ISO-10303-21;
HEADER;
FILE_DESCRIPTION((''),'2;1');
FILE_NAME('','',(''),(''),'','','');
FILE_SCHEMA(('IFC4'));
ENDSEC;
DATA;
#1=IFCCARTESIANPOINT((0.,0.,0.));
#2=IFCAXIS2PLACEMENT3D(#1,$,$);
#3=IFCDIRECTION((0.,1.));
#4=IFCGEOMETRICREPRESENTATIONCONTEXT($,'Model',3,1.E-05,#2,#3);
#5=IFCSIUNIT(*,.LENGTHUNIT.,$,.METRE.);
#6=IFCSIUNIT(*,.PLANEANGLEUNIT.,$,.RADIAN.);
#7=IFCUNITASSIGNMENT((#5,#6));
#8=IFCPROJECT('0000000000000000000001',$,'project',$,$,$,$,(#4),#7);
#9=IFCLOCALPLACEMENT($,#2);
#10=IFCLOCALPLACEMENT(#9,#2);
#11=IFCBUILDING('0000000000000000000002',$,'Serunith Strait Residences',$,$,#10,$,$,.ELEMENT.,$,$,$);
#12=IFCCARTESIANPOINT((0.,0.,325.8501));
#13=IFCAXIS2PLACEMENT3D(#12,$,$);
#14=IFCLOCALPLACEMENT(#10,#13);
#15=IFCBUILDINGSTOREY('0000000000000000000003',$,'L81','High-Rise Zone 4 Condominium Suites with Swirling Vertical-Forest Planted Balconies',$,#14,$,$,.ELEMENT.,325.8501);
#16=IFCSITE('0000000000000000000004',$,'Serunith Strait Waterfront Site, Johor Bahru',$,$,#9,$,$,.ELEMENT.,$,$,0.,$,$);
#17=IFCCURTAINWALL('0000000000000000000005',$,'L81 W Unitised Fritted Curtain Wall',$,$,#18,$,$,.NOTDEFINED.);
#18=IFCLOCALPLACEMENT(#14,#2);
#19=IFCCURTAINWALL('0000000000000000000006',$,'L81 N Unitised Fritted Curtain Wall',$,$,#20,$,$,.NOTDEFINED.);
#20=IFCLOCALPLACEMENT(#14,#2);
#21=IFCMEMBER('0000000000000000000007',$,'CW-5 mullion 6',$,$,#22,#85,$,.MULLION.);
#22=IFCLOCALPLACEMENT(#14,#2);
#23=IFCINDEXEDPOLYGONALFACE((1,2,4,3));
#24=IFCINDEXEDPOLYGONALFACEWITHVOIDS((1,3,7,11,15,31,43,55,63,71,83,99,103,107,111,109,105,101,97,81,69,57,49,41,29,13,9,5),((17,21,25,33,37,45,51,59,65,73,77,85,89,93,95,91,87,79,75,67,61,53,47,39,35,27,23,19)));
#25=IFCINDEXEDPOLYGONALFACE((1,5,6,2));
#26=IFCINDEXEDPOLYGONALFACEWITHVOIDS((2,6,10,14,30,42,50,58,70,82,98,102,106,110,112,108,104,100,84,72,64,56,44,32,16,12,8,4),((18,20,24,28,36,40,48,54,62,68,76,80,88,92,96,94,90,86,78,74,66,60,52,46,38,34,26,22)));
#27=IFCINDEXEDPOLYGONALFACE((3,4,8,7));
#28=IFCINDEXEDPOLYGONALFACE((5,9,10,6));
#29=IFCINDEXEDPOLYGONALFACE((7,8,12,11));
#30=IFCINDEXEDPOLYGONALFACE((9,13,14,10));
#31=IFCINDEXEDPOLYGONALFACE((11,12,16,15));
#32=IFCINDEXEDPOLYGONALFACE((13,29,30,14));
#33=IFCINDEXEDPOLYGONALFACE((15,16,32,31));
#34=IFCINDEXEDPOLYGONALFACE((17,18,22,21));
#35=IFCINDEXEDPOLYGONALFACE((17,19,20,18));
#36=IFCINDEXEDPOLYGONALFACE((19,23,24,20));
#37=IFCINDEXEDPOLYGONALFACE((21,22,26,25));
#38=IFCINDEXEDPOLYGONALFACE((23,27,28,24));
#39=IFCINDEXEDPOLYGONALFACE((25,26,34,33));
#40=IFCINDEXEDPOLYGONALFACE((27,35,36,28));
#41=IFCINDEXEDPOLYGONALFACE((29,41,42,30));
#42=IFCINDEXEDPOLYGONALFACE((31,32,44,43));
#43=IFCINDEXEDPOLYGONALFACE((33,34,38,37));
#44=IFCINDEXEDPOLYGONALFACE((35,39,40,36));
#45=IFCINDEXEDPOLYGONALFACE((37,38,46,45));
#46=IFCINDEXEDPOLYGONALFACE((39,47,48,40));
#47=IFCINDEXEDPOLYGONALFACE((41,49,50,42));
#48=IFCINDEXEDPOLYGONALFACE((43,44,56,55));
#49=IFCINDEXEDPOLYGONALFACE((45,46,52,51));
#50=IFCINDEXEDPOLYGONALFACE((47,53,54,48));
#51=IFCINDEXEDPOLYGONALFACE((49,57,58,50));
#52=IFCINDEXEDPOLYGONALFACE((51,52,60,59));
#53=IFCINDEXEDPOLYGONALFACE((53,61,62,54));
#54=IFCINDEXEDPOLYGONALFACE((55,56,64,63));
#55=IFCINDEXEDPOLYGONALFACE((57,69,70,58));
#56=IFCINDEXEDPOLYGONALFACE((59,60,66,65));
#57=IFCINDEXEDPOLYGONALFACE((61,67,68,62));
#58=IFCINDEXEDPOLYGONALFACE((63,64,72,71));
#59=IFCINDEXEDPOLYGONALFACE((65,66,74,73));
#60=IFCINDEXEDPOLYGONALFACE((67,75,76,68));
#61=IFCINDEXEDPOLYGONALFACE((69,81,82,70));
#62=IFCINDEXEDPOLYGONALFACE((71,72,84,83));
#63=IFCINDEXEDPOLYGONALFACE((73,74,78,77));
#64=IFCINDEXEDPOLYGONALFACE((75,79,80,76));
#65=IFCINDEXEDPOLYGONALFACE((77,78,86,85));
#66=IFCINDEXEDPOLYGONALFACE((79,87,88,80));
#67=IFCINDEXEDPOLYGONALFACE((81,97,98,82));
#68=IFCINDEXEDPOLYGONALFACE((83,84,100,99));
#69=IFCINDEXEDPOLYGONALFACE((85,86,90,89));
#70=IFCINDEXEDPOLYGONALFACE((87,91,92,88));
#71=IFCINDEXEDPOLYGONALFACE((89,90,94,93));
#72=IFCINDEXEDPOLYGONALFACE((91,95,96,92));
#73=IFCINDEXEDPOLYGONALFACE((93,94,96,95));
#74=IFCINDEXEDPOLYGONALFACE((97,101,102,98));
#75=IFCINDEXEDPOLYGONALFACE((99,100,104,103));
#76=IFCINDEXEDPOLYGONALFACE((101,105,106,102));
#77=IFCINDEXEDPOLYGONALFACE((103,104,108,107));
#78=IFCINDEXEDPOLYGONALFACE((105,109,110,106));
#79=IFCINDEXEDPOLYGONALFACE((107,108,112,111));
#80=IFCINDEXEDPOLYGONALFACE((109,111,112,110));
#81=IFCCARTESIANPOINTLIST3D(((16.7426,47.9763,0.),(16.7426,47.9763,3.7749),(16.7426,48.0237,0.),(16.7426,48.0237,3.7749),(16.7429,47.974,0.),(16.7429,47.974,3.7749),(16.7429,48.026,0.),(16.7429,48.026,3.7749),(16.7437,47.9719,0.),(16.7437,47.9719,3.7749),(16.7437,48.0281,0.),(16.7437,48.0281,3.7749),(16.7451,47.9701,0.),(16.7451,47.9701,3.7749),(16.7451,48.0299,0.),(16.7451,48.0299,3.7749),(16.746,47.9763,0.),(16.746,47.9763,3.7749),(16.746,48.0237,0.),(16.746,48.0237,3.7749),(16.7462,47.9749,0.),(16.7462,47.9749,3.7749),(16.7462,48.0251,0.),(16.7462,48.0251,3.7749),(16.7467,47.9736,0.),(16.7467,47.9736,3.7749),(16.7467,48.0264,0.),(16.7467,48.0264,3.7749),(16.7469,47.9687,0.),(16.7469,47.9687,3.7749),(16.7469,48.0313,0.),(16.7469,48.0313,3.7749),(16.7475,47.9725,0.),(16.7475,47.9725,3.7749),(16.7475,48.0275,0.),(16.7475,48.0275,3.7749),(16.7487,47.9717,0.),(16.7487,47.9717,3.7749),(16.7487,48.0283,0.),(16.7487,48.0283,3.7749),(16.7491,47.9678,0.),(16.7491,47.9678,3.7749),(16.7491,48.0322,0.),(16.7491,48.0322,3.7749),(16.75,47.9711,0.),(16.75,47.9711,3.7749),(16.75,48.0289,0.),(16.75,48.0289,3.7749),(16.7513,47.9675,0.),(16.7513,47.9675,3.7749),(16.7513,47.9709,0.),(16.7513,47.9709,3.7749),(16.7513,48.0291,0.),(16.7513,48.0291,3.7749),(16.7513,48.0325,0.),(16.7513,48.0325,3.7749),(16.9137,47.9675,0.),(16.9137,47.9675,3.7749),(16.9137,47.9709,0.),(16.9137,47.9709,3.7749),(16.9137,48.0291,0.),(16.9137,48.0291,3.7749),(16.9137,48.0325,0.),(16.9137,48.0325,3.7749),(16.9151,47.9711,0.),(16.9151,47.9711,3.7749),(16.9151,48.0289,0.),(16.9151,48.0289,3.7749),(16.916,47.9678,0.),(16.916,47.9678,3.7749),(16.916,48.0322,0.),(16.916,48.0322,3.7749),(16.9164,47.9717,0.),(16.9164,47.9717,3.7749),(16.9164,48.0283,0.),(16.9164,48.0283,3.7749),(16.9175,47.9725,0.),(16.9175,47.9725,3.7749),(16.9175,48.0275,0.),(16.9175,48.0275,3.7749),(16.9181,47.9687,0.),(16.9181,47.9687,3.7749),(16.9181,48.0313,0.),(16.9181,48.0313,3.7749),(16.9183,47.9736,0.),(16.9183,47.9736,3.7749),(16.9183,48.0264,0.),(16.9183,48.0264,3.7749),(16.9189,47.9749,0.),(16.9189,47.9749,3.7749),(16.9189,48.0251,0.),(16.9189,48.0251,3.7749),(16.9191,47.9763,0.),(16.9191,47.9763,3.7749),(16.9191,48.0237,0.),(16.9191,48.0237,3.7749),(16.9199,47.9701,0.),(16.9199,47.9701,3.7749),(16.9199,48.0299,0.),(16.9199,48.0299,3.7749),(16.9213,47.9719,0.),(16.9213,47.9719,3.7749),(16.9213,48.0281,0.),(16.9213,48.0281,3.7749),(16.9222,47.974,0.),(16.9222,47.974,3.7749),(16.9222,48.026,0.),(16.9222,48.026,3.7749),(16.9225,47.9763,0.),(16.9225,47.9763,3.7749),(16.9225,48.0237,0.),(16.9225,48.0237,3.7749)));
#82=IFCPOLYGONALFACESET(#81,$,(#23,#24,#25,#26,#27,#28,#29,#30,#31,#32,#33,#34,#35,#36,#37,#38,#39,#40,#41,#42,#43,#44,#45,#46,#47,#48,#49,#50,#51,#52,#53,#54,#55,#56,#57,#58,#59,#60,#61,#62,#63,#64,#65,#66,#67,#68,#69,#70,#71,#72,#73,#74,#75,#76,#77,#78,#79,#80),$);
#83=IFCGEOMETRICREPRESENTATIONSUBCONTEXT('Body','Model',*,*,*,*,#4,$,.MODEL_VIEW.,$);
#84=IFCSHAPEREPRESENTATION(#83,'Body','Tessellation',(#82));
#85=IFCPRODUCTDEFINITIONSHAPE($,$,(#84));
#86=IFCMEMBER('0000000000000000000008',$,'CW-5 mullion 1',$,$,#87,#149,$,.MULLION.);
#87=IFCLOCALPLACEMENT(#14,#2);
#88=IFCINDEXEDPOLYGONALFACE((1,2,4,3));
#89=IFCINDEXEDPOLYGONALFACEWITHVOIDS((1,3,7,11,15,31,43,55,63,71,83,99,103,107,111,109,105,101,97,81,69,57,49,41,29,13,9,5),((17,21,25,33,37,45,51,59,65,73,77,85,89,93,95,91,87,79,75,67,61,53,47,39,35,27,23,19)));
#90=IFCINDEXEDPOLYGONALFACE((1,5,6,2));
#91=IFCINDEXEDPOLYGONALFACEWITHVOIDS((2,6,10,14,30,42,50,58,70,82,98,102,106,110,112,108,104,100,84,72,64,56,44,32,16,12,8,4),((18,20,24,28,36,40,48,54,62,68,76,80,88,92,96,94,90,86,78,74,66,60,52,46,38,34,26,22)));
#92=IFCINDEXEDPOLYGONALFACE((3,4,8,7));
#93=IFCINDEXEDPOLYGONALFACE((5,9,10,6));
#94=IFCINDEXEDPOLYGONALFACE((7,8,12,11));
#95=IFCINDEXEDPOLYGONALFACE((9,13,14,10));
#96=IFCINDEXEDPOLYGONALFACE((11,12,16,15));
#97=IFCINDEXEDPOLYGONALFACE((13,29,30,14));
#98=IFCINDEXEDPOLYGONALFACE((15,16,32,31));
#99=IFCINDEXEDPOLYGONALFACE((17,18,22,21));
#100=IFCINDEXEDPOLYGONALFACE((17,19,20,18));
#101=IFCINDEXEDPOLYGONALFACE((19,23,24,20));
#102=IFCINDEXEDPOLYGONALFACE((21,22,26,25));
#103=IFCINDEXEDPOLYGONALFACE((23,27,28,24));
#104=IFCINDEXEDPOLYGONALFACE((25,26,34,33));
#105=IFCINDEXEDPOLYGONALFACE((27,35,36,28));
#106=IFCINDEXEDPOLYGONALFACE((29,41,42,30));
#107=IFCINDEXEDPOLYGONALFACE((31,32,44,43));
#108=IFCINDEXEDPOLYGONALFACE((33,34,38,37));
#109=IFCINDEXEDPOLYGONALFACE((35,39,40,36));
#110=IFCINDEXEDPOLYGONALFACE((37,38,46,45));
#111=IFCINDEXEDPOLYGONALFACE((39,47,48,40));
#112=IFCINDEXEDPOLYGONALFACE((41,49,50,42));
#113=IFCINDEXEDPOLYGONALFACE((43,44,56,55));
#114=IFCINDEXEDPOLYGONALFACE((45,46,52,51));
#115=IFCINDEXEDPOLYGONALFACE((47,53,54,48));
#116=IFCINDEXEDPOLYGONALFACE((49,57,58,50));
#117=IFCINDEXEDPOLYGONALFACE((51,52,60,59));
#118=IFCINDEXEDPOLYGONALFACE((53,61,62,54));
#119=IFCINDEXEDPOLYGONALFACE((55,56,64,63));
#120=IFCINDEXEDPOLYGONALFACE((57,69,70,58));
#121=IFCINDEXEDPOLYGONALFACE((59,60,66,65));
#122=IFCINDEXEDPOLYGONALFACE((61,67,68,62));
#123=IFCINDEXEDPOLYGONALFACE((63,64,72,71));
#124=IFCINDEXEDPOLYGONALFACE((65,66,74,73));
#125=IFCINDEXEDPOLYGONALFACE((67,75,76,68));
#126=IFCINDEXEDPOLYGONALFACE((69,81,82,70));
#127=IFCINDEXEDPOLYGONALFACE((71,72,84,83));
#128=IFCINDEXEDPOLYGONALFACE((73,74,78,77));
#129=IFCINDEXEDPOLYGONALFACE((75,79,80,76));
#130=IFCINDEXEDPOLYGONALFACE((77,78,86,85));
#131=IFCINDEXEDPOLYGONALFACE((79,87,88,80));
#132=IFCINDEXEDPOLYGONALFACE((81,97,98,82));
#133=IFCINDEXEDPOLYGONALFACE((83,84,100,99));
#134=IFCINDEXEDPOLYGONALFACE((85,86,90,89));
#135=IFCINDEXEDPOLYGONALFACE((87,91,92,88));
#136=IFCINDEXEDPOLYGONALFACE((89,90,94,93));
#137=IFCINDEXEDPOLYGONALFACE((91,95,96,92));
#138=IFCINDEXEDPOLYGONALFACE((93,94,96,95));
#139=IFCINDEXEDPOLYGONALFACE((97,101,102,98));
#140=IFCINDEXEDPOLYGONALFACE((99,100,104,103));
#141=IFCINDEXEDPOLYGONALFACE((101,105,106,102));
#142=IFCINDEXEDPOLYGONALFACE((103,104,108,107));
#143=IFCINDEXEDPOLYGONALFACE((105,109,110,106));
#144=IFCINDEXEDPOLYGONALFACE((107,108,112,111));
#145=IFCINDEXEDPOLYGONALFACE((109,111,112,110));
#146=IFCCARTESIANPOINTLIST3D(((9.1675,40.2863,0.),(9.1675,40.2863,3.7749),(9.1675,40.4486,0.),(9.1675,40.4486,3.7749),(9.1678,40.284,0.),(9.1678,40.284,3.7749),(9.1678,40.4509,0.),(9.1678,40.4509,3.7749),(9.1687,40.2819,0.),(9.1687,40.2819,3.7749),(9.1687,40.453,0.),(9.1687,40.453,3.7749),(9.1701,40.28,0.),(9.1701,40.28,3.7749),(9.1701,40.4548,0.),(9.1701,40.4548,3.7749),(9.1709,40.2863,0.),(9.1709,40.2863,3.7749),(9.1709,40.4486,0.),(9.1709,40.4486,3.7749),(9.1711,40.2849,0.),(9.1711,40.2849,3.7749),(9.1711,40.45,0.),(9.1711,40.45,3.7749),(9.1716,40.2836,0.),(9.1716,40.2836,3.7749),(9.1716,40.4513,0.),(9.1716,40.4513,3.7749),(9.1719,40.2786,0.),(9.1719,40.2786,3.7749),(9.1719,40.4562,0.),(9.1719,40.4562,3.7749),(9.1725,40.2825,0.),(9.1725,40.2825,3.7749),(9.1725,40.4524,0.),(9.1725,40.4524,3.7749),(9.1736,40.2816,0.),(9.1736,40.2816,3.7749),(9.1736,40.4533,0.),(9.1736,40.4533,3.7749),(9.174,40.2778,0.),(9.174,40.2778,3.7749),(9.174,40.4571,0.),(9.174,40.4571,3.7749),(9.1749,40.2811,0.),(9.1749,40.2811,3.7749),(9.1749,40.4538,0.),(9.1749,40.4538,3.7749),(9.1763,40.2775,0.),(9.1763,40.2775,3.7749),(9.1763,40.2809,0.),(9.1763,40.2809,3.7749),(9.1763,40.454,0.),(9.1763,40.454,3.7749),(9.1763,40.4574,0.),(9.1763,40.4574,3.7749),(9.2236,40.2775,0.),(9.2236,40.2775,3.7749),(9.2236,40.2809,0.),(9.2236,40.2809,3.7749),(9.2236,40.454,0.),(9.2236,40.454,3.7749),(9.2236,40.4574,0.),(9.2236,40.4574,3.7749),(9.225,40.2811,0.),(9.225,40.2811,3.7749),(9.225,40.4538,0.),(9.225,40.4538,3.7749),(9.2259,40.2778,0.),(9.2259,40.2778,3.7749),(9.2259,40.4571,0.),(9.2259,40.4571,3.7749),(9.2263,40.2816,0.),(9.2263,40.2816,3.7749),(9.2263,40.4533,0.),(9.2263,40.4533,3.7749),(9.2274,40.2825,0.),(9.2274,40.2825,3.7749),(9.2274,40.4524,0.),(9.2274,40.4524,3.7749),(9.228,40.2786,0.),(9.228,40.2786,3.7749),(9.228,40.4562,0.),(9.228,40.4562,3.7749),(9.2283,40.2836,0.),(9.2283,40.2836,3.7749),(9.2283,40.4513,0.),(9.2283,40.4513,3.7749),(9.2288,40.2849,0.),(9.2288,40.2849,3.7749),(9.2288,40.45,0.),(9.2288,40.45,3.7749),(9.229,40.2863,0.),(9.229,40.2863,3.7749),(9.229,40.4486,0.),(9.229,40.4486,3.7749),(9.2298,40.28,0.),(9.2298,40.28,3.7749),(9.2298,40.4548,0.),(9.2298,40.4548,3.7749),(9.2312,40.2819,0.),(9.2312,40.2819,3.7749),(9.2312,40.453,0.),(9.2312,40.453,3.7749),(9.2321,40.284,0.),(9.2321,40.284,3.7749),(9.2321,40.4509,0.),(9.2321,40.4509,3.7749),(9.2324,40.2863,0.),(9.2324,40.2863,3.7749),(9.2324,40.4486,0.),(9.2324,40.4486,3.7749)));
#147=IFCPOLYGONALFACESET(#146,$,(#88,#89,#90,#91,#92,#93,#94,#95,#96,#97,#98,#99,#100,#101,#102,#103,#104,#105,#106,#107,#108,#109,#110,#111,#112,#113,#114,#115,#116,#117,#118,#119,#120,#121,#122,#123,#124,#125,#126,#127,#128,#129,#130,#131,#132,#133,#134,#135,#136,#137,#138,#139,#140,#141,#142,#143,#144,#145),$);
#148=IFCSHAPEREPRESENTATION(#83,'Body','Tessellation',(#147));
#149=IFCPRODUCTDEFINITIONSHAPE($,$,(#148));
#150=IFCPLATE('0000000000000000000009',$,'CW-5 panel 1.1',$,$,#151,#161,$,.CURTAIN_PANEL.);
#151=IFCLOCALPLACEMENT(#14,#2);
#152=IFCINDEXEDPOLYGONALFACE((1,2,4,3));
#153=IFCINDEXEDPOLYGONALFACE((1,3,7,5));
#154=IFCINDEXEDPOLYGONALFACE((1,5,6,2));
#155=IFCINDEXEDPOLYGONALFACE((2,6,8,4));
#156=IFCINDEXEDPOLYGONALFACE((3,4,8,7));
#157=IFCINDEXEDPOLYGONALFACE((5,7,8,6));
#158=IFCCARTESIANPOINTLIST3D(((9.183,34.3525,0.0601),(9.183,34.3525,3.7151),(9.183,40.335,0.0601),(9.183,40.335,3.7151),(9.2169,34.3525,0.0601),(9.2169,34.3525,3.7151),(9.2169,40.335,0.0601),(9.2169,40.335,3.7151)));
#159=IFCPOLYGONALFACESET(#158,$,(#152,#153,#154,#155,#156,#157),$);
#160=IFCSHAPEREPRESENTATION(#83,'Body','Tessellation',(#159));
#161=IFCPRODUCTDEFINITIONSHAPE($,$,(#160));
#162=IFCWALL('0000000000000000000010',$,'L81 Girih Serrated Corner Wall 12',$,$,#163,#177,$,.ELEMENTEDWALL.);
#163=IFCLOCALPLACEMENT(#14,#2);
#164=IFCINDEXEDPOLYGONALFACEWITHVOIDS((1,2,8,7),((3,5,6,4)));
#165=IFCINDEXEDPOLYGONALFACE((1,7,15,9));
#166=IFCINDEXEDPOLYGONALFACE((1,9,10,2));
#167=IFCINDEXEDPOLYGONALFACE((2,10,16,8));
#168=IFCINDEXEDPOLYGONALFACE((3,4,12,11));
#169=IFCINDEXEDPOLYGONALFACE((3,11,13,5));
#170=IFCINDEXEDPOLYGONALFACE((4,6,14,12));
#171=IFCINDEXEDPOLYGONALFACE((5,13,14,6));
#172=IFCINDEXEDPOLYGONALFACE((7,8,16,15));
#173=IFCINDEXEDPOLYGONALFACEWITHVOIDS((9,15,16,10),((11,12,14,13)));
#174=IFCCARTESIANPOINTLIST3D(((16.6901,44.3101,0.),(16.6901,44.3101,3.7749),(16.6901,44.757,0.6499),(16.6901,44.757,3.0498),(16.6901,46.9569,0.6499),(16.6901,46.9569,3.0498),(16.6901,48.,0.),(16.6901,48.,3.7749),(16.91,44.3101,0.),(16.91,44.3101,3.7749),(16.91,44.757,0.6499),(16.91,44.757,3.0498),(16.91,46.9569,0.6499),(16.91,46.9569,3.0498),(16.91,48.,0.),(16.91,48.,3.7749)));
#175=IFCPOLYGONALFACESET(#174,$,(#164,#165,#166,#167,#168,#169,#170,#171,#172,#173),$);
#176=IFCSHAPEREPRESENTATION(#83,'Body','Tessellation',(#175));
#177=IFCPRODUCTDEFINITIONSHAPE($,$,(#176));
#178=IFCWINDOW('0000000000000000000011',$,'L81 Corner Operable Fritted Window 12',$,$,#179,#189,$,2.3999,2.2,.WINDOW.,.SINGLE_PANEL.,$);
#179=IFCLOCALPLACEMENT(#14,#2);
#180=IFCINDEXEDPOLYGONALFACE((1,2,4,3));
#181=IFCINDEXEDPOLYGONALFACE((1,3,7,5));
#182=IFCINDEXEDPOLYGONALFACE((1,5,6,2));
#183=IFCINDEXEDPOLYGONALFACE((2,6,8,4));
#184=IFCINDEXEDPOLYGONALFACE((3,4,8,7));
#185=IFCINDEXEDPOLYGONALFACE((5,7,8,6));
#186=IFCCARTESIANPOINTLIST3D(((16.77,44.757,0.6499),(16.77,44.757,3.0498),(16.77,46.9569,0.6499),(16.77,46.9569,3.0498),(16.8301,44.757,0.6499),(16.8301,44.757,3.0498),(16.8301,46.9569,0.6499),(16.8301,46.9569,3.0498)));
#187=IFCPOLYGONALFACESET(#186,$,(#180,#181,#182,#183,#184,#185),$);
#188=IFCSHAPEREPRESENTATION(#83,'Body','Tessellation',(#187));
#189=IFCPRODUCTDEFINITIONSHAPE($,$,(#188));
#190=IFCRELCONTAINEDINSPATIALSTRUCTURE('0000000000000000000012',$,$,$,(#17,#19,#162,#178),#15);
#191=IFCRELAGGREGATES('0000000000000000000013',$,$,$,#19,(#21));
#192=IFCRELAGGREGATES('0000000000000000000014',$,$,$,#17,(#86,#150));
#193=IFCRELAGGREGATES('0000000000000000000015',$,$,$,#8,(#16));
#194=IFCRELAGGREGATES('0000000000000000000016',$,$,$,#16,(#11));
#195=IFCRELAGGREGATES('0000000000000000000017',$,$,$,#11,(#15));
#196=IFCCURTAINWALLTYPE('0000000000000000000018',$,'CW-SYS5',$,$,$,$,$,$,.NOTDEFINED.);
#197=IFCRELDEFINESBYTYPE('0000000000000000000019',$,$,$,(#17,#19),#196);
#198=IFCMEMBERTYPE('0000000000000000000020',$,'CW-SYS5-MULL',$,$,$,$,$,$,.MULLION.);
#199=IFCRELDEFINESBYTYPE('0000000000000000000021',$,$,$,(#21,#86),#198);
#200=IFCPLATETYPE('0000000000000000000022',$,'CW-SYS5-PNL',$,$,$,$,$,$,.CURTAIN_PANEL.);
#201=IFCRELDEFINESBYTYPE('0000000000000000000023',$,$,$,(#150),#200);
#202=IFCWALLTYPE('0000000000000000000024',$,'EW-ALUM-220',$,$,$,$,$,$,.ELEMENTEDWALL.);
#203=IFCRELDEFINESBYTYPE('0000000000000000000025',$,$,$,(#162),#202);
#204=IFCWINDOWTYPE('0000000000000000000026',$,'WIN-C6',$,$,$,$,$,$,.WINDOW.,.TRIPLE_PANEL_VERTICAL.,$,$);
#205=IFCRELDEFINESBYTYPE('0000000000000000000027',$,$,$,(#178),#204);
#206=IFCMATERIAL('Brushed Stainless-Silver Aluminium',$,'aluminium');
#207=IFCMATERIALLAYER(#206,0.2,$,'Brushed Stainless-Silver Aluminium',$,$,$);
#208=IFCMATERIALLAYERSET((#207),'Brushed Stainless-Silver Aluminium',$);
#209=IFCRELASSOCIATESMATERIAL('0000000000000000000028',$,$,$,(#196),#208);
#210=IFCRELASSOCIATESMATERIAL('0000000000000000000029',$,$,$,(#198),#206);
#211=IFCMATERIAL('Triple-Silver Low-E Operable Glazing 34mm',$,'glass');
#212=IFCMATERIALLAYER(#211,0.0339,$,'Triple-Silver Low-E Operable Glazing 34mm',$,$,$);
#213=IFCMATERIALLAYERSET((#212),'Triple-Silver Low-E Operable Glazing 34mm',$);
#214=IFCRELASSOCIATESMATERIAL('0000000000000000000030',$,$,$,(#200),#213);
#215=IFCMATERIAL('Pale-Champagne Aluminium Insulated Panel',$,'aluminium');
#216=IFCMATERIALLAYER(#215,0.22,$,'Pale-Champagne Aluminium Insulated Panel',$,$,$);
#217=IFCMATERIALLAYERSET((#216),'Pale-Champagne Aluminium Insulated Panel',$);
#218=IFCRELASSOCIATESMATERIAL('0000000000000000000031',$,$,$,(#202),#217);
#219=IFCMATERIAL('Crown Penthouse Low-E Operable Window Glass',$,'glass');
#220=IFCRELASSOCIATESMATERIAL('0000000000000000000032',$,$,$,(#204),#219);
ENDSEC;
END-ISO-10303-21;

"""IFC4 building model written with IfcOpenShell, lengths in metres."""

from ifc_helpers import new_model, si_unit, direction, frame, frame_2d, origin, origin_2d, place, context, subcontext, project, spatial, rectangle, hollow_rectangle, extrude, source, transform, mapped, material, layer, layer_set, material_profile, profile_set, type_object, element, fill, aggregate, save


model = new_model("IFC4")

# Units and contexts
model_context = context("Model", 3, precision=1e-05, world=origin(), true_north=direction((0.0, 1.0)))
body_context = subcontext(model_context, "Body", "Model", "MODEL_VIEW")
ifc_project = project(units=[si_unit("LENGTHUNIT", "METRE"), si_unit("PLANEANGLEUNIT", "RADIAN")], contexts=[model_context])

# Site, building, storey
site_placement = place(None, origin())
site = spatial("IfcSite", under=ifc_project, at=site_placement, Name="Serunith Strait Waterfront Site, Johor Bahru", CompositionType="ELEMENT", RefElevation=0.0)
building_placement = place(site_placement, origin())
building = spatial("IfcBuilding", under=site, at=building_placement, Name="Serunith Strait Residences", CompositionType="ELEMENT")
storey_placement = place(building_placement, frame((0.0, 0.0, 325.8501)))
storey = spatial("IfcBuildingStorey", under=building, at=storey_placement, Name="L81", Description="High-Rise Zone 4 Condominium Suites with Swirling Vertical-Forest Planted Balconies", CompositionType="ELEMENT", Elevation=325.8501)

# Curtain wall
ifc_material_1 = material(Name="Brushed Stainless-Silver Aluminium", Category="aluminium")
ifc_layer_1 = layer(ifc_material_1, 0.2, Name="Brushed Stainless-Silver Aluminium")
ifc_layer_set_1 = layer_set([ifc_layer_1], Name="Brushed Stainless-Silver Aluminium")
curtain_wall_type = type_object("IfcCurtainWallType", Name="CW-SYS5", PredefinedType="NOTDEFINED", material=ifc_layer_set_1)
curtain_wall_1_placement = place(storey_placement, origin())
curtain_wall_1 = element("IfcCurtainWall", 1, at=curtain_wall_1_placement, inside=storey, type_object=curtain_wall_type, Name="L81 W Unitised Fritted Curtain Wall", PredefinedType="NOTDEFINED")

# Curtain wall, member
curtain_wall_2_placement = place(storey_placement, origin())
curtain_wall_2 = element("IfcCurtainWall", 2, at=curtain_wall_2_placement, inside=storey, type_object=curtain_wall_type, Name="L81 N Unitised Fritted Curtain Wall", PredefinedType="NOTDEFINED")
ifc_material_profile_1 = material_profile(ifc_material_1, hollow_rectangle(XDim=0.0649, YDim=0.1799, WallThickness=0.0034, InnerFilletRadius=0.0054, OuterFilletRadius=0.0088, at=origin_2d()), Name="ALU 180x65x3.5")
ifc_profile_set_1 = profile_set([ifc_material_profile_1], Name="Brushed Stainless-Silver Aluminium")
member_type_1 = type_object("IfcMemberType", Name="CW-SYS5-MULL", PredefinedType="MULLION", material=ifc_profile_set_1)
shared_shape_1 = source(origin(), body_context, "Body", "SweptSolid", [
    extrude(hollow_rectangle(XDim=0.0649, YDim=0.1799, WallThickness=0.0034, InnerFilletRadius=0.0054, OuterFilletRadius=0.0088, at=origin_2d()), origin(), (0.0, 0.0, 1.0), 3.7749),
])
member_1_placement = place(storey_placement, frame((16.8325, 48.0, 0.0), z_axis=(0.0, 0.0, 1.0), x_axis=(0.0, -1.0, 0.0)))
member_1 = element("IfcMember", 3, at=member_1_placement, type_object=member_type_1, Name="CW-5 mullion 6", PredefinedType="MULLION", context=body_context, shape_type="MappedRepresentation", body=[
    mapped(shared_shape_1, transform((0.0, 0.0, 0.0), scale=1.0)),
])
aggregate(curtain_wall_2, [member_1])

# Member
member_2_placement = place(storey_placement, frame((9.2, 40.3674, 0.0), z_axis=(0.0, 0.0, 1.0), x_axis=(1.0, 0.0, 0.0)))
member_2 = element("IfcMember", 4, at=member_2_placement, type_object=member_type_1, Name="CW-5 mullion 1", PredefinedType="MULLION", context=body_context, shape_type="MappedRepresentation", body=[
    mapped(shared_shape_1, transform((0.0, 0.0, 0.0), scale=1.0)),
])

# Plate
ifc_material_2 = material(Name="Triple-Silver Low-E Operable Glazing 34mm", Category="glass")
ifc_layer_2 = layer(ifc_material_2, 0.0339, Name="Triple-Silver Low-E Operable Glazing 34mm")
ifc_layer_set_2 = layer_set([ifc_layer_2], Name="Triple-Silver Low-E Operable Glazing 34mm")
plate_type = type_object("IfcPlateType", Name="CW-SYS5-PNL", PredefinedType="CURTAIN_PANEL", material=ifc_layer_set_2)
shared_shape_2 = source(origin(), body_context, "Body", "SweptSolid", [
    extrude(rectangle(XDim=5.9824, YDim=0.0339, at=origin_2d()), origin(), (0.0, 0.0, 1.0), 3.655),
])
plate_placement = place(storey_placement, frame((9.2, 37.3438, 0.0601), z_axis=(0.0, 0.0, 1.0), x_axis=(0.0, -1.0, 0.0)))
plate = element("IfcPlate", 5, at=plate_placement, type_object=plate_type, Name="CW-5 panel 1.1", PredefinedType="CURTAIN_PANEL", context=body_context, shape_type="MappedRepresentation", body=[
    mapped(shared_shape_2, transform((0.0, 0.0, 0.0), scale=1.0)),
])
aggregate(curtain_wall_1, [member_2, plate])

# Wall, opening, window
ifc_material_3 = material(Name="Pale-Champagne Aluminium Insulated Panel", Category="aluminium")
ifc_layer_3 = layer(ifc_material_3, 0.22, Name="Pale-Champagne Aluminium Insulated Panel")
ifc_layer_set_3 = layer_set([ifc_layer_3], Name="Pale-Champagne Aluminium Insulated Panel")
wall_type_1 = type_object("IfcWallType", Name="EW-ALUM-220", PredefinedType="ELEMENTEDWALL", material=ifc_layer_set_3)
wall_1_placement = place(storey_placement, frame((16.8, 48.0, 0.0), z_axis=(0.0, 0.0, 1.0), x_axis=(0.0, -1.0, 0.0)))
wall_1 = element("IfcWall", 6, at=wall_1_placement, inside=storey, type_object=wall_type_1, Name="L81 Girih Serrated Corner Wall 12", PredefinedType="ELEMENTEDWALL", context=body_context, shape_type="SweptSolid", body=[
    extrude(rectangle(XDim=3.6899, YDim=0.22, at=frame_2d((1.845, 0.0))), origin(), (0.0, 0.0, 1.0), 3.7749),
])
opening_1_placement = place(wall_1_placement, frame((1.043, 0.0, 0.6499)))
opening_1 = element("IfcOpeningElement", 7, at=opening_1_placement, cuts=wall_1, PredefinedType="OPENING", context=body_context, shape_type="SweptSolid", body=[
    extrude(rectangle(XDim=2.2, YDim=2.3999, at=frame_2d((1.1001, 1.2))), frame((0.0, 0.1201, 0.0), z_axis=(0.0, -1.0, 0.0), x_axis=(1.0, 0.0, 0.0)), (0.0, 0.0, 1.0), 0.24),
])
ifc_material_4 = material(Name="Crown Penthouse Low-E Operable Window Glass", Category="glass")
window_type = type_object("IfcWindowType", Name="WIN-C6", PartitioningType="TRIPLE_PANEL_VERTICAL", PredefinedType="WINDOW", material=ifc_material_4)
shared_shape_3 = source(origin(), body_context, "Body", "SweptSolid", [
    extrude(rectangle(XDim=2.2, YDim=2.3999, at=frame_2d((1.1001, 1.2))), frame((0.0, 0.03, 0.0), z_axis=(0.0, -1.0, 0.0), x_axis=(1.0, 0.0, 0.0)), (0.0, 0.0, 1.0), 0.0601),
])
window_1_placement = place(opening_1_placement, origin())
window_1 = element("IfcWindow", 8, at=window_1_placement, inside=storey, type_object=window_type, Name="L81 Corner Operable Fritted Window 12", OverallHeight=2.3999, OverallWidth=2.2, PartitioningType="SINGLE_PANEL", PredefinedType="WINDOW", context=body_context, shape_type="MappedRepresentation", body=[
    mapped(shared_shape_3, transform((0.0, 0.0, 0.0), scale=1.0)),
])
fill(opening_1, window_1)

save(model, "model.ifc")
